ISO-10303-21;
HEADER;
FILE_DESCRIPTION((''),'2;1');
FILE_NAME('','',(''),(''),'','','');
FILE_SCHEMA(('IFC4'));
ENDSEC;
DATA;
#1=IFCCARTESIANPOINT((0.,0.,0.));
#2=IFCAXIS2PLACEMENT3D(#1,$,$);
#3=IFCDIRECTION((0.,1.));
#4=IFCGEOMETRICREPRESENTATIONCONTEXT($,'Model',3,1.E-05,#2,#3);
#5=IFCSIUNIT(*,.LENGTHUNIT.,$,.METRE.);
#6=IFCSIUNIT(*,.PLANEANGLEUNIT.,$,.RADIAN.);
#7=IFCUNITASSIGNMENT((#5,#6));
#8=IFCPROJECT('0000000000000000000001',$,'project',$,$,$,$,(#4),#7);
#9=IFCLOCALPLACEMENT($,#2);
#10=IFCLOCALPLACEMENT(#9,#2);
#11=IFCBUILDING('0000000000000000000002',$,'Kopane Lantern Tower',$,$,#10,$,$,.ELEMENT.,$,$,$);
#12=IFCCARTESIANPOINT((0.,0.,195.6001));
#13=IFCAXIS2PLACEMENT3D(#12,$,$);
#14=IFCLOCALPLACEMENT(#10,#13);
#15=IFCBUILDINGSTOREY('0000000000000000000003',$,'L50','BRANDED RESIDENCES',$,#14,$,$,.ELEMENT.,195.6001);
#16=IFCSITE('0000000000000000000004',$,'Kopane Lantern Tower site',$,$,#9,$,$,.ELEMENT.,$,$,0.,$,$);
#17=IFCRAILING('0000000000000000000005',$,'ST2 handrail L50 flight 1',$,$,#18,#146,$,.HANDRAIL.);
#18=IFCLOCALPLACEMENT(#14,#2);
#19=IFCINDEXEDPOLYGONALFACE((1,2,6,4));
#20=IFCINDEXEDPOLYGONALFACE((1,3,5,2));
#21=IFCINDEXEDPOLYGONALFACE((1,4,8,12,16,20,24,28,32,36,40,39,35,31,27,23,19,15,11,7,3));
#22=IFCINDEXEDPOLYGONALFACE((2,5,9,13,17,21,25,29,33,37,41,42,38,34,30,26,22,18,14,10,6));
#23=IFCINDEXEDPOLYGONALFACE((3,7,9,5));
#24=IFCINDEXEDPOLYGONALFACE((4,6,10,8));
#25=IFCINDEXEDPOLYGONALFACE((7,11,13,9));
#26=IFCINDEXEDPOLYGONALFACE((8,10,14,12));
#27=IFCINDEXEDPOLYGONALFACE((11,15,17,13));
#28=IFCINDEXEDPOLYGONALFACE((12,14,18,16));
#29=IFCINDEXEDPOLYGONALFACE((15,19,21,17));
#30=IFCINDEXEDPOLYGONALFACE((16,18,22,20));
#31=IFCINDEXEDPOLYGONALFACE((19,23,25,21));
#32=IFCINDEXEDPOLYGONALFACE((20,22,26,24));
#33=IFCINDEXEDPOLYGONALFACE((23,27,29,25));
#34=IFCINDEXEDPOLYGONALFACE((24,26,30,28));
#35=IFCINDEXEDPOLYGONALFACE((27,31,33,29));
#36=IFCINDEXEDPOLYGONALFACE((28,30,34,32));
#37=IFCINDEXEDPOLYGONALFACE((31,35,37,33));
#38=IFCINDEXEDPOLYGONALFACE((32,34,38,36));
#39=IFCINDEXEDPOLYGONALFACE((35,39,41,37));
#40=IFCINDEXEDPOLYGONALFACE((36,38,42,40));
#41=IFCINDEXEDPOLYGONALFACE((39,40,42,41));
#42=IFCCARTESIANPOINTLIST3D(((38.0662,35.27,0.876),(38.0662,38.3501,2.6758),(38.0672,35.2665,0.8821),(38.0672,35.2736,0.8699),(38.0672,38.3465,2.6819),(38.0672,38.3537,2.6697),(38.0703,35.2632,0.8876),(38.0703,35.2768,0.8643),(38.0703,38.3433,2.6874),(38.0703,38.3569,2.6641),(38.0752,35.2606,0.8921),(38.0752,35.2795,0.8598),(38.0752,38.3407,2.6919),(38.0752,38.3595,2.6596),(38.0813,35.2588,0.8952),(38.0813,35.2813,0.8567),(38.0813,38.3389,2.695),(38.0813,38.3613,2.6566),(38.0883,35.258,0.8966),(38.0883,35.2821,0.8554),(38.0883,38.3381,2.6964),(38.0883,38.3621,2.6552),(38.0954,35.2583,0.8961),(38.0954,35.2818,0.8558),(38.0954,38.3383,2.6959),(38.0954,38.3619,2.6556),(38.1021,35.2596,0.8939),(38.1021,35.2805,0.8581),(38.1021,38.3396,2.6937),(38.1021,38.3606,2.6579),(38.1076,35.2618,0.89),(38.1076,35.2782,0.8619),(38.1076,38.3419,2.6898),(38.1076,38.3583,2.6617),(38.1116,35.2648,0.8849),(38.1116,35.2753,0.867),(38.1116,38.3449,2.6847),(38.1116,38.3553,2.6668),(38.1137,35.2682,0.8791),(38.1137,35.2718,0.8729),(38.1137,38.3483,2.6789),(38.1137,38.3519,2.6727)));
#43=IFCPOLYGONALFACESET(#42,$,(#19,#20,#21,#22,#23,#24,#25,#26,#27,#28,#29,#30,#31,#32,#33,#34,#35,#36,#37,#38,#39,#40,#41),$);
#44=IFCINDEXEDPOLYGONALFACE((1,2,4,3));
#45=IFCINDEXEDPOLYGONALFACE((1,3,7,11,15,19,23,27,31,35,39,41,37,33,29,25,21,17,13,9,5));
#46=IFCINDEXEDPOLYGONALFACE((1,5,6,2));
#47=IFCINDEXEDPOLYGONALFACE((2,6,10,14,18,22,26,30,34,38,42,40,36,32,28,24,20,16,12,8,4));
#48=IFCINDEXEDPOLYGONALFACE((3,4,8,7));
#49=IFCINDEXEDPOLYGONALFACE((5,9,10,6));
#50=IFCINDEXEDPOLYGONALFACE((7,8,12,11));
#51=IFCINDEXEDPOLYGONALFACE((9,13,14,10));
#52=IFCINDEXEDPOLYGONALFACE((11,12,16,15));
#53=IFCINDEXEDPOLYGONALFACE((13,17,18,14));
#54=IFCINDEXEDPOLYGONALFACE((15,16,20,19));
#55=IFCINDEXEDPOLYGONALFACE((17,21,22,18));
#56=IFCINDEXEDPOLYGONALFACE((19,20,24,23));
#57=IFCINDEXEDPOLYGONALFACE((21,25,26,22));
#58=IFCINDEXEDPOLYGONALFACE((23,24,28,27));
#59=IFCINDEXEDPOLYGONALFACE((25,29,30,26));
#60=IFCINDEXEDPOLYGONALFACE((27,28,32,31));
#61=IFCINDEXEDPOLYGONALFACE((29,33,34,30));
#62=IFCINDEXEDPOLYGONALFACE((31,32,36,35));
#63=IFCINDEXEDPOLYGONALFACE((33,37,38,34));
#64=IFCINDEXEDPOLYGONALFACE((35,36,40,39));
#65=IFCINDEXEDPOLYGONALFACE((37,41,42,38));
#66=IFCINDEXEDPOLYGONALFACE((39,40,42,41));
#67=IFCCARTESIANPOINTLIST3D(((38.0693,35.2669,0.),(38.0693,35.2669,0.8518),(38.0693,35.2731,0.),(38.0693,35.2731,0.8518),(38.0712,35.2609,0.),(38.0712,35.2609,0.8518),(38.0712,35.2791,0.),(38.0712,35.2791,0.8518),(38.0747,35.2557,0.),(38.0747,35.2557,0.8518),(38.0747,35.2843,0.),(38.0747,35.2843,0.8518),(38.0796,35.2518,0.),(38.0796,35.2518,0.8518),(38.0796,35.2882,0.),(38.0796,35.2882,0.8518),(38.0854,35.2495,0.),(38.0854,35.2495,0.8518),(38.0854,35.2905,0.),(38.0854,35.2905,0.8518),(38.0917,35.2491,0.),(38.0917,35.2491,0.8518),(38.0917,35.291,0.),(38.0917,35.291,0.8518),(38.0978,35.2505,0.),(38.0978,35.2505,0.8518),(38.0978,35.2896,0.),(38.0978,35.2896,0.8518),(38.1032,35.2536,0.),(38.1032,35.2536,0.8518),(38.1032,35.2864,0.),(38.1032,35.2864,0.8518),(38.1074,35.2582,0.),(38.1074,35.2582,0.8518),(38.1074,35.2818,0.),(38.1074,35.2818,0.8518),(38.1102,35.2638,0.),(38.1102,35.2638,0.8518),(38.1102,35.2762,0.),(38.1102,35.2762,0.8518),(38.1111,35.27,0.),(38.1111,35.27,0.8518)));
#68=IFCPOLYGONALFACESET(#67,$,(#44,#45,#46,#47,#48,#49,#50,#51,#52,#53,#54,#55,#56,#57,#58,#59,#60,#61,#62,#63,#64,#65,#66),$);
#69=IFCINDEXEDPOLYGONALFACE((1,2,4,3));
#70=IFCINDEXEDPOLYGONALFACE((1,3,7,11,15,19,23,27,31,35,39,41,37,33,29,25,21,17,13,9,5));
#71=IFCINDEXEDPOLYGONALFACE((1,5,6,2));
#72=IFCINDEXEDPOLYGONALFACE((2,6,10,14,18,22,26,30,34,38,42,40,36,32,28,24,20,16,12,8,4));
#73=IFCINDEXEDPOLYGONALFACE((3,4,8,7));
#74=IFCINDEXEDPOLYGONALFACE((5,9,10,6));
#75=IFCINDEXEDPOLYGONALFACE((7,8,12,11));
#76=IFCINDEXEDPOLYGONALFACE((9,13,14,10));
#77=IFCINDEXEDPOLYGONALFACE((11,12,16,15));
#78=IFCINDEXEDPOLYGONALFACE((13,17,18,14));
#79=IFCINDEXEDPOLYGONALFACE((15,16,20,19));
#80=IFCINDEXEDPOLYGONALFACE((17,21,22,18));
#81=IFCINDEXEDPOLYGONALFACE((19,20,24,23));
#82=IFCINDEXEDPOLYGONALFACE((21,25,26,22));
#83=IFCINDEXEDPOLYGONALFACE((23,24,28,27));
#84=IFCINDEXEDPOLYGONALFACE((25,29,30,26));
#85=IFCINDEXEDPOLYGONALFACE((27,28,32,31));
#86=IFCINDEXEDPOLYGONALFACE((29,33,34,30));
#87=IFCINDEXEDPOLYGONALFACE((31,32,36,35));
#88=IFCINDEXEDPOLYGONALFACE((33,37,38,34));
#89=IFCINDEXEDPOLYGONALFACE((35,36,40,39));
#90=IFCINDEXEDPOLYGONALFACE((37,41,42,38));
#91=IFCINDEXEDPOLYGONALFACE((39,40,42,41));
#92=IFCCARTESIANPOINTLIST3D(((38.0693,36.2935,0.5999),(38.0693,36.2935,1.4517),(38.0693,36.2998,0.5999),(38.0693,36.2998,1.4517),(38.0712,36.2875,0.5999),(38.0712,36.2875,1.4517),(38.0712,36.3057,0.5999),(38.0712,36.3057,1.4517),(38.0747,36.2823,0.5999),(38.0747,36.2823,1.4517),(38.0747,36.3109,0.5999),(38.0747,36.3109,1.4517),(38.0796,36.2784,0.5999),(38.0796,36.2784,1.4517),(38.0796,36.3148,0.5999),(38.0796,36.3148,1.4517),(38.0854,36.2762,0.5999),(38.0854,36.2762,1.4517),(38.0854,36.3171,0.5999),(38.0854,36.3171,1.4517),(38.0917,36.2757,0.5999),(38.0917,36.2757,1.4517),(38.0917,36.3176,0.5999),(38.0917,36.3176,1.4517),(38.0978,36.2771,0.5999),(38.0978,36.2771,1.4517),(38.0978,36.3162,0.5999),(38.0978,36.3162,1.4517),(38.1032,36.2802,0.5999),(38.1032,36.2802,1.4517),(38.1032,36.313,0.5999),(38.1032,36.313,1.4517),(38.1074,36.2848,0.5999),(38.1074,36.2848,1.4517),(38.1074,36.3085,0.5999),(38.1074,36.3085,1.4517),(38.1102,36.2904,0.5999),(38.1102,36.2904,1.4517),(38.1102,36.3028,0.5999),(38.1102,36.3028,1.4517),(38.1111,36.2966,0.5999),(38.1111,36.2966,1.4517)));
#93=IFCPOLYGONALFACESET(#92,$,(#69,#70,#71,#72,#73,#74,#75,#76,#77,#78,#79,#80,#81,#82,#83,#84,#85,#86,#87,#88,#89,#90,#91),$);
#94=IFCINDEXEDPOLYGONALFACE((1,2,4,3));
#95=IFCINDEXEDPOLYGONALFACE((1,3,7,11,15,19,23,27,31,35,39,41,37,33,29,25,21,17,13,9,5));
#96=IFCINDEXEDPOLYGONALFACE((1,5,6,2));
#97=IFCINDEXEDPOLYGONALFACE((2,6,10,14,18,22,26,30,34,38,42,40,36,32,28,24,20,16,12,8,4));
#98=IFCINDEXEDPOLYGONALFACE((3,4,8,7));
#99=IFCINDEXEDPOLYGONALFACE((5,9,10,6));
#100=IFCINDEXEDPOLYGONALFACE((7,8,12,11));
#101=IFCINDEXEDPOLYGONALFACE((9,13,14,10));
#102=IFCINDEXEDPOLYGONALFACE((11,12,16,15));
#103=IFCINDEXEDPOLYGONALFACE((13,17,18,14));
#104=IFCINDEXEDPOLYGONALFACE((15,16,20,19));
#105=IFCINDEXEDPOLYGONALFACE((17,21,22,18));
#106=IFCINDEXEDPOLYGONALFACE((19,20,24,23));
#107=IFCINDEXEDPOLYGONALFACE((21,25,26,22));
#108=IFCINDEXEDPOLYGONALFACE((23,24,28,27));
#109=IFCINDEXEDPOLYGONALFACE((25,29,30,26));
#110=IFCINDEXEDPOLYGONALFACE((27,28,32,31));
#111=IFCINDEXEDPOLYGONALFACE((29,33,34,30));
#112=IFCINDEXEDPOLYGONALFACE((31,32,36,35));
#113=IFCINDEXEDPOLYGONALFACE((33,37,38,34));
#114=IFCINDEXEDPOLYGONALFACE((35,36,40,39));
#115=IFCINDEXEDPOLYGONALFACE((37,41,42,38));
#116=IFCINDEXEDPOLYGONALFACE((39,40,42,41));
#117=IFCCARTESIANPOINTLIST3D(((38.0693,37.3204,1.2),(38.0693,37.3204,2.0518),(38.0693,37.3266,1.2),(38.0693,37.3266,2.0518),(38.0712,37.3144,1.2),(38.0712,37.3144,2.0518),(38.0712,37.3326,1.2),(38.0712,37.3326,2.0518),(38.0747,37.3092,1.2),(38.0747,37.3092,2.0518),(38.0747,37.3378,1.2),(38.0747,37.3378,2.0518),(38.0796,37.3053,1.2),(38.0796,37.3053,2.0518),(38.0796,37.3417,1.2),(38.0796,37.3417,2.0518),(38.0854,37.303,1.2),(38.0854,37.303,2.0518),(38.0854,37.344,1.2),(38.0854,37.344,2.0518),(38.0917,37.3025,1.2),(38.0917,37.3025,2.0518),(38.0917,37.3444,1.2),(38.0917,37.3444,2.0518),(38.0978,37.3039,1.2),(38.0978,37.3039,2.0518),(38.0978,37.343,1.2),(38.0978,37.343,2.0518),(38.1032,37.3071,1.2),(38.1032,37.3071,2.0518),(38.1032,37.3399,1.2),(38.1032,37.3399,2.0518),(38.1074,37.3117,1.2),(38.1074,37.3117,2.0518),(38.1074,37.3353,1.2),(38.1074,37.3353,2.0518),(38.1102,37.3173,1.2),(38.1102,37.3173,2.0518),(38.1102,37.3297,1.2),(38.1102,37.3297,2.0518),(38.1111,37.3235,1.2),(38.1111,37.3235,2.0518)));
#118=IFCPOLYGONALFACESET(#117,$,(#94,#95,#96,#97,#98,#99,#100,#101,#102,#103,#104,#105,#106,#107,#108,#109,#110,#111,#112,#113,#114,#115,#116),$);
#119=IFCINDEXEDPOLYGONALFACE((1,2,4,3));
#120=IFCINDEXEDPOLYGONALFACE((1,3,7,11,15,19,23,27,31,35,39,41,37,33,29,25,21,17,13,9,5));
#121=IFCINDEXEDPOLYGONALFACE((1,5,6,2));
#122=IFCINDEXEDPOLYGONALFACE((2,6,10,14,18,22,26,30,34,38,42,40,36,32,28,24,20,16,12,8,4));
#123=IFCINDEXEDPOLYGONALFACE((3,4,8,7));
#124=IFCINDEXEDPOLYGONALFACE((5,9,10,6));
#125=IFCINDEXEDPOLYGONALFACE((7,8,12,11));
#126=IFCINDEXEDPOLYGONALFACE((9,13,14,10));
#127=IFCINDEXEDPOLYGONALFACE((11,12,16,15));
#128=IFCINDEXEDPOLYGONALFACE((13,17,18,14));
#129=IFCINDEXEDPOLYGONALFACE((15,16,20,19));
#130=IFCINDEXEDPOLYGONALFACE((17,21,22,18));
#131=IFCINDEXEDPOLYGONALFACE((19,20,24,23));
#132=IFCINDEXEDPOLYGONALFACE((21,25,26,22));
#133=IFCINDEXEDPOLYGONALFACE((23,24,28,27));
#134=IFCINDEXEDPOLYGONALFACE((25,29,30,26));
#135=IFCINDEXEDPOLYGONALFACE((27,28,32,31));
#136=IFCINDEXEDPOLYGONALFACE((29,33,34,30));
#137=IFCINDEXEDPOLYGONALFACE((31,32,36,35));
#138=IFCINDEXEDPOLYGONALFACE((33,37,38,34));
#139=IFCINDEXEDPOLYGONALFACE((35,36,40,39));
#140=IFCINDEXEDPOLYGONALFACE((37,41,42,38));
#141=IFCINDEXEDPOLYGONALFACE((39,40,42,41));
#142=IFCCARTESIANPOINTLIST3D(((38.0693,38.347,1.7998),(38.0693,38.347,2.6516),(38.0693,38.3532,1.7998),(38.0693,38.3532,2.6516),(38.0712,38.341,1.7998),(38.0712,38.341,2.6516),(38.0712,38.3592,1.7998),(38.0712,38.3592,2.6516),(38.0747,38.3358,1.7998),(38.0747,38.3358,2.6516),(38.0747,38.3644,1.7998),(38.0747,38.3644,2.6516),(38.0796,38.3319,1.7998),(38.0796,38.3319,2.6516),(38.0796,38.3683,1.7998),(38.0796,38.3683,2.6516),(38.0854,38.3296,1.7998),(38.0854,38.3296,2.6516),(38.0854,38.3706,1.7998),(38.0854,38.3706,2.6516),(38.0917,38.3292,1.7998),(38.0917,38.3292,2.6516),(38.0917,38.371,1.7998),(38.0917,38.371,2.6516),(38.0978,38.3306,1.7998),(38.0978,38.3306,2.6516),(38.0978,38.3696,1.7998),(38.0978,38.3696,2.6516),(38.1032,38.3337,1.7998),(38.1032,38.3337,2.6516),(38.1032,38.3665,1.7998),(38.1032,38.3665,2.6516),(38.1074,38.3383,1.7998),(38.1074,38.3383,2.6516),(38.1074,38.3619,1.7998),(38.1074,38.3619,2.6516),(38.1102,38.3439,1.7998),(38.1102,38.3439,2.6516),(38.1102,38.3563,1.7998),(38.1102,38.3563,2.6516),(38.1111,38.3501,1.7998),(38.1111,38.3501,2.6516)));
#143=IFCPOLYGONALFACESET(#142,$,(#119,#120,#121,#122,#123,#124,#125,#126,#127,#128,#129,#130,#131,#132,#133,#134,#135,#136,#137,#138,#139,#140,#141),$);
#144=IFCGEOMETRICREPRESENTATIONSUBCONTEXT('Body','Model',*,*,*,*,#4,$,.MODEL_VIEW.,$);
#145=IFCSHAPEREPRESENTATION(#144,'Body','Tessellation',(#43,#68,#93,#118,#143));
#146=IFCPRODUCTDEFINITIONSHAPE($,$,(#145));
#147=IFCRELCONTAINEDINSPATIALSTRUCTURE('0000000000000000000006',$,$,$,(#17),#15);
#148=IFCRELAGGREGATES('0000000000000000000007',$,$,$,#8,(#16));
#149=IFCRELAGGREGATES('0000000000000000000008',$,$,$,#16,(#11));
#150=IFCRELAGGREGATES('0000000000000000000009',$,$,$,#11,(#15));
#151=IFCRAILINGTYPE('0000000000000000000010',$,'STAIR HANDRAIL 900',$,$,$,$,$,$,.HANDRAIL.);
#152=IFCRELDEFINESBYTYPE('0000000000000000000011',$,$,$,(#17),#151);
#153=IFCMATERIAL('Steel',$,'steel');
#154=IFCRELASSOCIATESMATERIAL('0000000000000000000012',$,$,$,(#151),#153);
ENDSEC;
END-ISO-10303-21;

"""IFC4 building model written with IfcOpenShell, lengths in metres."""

from ifc_helpers import new_model, si_unit, direction, frame, origin, origin_2d, place, context, subcontext, project, spatial, circle, extrude, material, type_object, element, save


model = new_model("IFC4")

# Units and contexts
model_context = context("Model", 3, precision=1e-05, world=origin(), true_north=direction((0.0, 1.0)))
body_context = subcontext(model_context, "Body", "Model", "MODEL_VIEW")
ifc_project = project(units=[si_unit("LENGTHUNIT", "METRE"), si_unit("PLANEANGLEUNIT", "RADIAN")], contexts=[model_context])

# Site, building, storey
site_placement = place(None, origin())
site = spatial("IfcSite", under=ifc_project, at=site_placement, Name="Kopane Lantern Tower site", CompositionType="ELEMENT", RefElevation=0.0)
building_placement = place(site_placement, origin())
building = spatial("IfcBuilding", under=site, at=building_placement, Name="Kopane Lantern Tower", CompositionType="ELEMENT")
storey_placement = place(building_placement, frame((0.0, 0.0, 195.6001)))
storey = spatial("IfcBuildingStorey", under=building, at=storey_placement, Name="L50", Description="BRANDED RESIDENCES", CompositionType="ELEMENT", Elevation=195.6001)

# Railing
ifc_material_1 = material(Name="Steel", Category="steel")
railing_type_1 = type_object("IfcRailingType", Name="STAIR HANDRAIL 900", PredefinedType="HANDRAIL", material=ifc_material_1)
for number, where, name in (
    (1, (38.0901, 35.27, 0.0), "ST2 handrail L50 flight 1"),
):
    element("IfcRailing", number, at=place(storey_placement, frame(where)), inside=storey, type_object=railing_type_1, Name=name, PredefinedType="HANDRAIL", context=body_context, shape_type="SweptSolid", body=[
        extrude(circle(Radius=0.0239, at=origin_2d()), frame((0.0, 0.0, 0.876), z_axis=(0.0, 0.863401, 0.504518), x_axis=(-1.0, 0.0, 0.0)), (0.0, 0.0, 1.0), 3.5674),
        extrude(circle(Radius=0.021, at=origin_2d()), origin(), (0.0, 0.0, 1.0), 0.8518),
        extrude(circle(Radius=0.021, at=origin_2d()), frame((0.0, 1.0266, 0.5999)), (0.0, 0.0, 1.0), 0.8518),
        extrude(circle(Radius=0.021, at=origin_2d()), frame((0.0, 2.0535, 1.2)), (0.0, 0.0, 1.0), 0.8518),
        extrude(circle(Radius=0.021, at=origin_2d()), frame((0.0, 3.0801, 1.7998)), (0.0, 0.0, 1.0), 0.8518),
    ])

save(model, "model.ifc")
